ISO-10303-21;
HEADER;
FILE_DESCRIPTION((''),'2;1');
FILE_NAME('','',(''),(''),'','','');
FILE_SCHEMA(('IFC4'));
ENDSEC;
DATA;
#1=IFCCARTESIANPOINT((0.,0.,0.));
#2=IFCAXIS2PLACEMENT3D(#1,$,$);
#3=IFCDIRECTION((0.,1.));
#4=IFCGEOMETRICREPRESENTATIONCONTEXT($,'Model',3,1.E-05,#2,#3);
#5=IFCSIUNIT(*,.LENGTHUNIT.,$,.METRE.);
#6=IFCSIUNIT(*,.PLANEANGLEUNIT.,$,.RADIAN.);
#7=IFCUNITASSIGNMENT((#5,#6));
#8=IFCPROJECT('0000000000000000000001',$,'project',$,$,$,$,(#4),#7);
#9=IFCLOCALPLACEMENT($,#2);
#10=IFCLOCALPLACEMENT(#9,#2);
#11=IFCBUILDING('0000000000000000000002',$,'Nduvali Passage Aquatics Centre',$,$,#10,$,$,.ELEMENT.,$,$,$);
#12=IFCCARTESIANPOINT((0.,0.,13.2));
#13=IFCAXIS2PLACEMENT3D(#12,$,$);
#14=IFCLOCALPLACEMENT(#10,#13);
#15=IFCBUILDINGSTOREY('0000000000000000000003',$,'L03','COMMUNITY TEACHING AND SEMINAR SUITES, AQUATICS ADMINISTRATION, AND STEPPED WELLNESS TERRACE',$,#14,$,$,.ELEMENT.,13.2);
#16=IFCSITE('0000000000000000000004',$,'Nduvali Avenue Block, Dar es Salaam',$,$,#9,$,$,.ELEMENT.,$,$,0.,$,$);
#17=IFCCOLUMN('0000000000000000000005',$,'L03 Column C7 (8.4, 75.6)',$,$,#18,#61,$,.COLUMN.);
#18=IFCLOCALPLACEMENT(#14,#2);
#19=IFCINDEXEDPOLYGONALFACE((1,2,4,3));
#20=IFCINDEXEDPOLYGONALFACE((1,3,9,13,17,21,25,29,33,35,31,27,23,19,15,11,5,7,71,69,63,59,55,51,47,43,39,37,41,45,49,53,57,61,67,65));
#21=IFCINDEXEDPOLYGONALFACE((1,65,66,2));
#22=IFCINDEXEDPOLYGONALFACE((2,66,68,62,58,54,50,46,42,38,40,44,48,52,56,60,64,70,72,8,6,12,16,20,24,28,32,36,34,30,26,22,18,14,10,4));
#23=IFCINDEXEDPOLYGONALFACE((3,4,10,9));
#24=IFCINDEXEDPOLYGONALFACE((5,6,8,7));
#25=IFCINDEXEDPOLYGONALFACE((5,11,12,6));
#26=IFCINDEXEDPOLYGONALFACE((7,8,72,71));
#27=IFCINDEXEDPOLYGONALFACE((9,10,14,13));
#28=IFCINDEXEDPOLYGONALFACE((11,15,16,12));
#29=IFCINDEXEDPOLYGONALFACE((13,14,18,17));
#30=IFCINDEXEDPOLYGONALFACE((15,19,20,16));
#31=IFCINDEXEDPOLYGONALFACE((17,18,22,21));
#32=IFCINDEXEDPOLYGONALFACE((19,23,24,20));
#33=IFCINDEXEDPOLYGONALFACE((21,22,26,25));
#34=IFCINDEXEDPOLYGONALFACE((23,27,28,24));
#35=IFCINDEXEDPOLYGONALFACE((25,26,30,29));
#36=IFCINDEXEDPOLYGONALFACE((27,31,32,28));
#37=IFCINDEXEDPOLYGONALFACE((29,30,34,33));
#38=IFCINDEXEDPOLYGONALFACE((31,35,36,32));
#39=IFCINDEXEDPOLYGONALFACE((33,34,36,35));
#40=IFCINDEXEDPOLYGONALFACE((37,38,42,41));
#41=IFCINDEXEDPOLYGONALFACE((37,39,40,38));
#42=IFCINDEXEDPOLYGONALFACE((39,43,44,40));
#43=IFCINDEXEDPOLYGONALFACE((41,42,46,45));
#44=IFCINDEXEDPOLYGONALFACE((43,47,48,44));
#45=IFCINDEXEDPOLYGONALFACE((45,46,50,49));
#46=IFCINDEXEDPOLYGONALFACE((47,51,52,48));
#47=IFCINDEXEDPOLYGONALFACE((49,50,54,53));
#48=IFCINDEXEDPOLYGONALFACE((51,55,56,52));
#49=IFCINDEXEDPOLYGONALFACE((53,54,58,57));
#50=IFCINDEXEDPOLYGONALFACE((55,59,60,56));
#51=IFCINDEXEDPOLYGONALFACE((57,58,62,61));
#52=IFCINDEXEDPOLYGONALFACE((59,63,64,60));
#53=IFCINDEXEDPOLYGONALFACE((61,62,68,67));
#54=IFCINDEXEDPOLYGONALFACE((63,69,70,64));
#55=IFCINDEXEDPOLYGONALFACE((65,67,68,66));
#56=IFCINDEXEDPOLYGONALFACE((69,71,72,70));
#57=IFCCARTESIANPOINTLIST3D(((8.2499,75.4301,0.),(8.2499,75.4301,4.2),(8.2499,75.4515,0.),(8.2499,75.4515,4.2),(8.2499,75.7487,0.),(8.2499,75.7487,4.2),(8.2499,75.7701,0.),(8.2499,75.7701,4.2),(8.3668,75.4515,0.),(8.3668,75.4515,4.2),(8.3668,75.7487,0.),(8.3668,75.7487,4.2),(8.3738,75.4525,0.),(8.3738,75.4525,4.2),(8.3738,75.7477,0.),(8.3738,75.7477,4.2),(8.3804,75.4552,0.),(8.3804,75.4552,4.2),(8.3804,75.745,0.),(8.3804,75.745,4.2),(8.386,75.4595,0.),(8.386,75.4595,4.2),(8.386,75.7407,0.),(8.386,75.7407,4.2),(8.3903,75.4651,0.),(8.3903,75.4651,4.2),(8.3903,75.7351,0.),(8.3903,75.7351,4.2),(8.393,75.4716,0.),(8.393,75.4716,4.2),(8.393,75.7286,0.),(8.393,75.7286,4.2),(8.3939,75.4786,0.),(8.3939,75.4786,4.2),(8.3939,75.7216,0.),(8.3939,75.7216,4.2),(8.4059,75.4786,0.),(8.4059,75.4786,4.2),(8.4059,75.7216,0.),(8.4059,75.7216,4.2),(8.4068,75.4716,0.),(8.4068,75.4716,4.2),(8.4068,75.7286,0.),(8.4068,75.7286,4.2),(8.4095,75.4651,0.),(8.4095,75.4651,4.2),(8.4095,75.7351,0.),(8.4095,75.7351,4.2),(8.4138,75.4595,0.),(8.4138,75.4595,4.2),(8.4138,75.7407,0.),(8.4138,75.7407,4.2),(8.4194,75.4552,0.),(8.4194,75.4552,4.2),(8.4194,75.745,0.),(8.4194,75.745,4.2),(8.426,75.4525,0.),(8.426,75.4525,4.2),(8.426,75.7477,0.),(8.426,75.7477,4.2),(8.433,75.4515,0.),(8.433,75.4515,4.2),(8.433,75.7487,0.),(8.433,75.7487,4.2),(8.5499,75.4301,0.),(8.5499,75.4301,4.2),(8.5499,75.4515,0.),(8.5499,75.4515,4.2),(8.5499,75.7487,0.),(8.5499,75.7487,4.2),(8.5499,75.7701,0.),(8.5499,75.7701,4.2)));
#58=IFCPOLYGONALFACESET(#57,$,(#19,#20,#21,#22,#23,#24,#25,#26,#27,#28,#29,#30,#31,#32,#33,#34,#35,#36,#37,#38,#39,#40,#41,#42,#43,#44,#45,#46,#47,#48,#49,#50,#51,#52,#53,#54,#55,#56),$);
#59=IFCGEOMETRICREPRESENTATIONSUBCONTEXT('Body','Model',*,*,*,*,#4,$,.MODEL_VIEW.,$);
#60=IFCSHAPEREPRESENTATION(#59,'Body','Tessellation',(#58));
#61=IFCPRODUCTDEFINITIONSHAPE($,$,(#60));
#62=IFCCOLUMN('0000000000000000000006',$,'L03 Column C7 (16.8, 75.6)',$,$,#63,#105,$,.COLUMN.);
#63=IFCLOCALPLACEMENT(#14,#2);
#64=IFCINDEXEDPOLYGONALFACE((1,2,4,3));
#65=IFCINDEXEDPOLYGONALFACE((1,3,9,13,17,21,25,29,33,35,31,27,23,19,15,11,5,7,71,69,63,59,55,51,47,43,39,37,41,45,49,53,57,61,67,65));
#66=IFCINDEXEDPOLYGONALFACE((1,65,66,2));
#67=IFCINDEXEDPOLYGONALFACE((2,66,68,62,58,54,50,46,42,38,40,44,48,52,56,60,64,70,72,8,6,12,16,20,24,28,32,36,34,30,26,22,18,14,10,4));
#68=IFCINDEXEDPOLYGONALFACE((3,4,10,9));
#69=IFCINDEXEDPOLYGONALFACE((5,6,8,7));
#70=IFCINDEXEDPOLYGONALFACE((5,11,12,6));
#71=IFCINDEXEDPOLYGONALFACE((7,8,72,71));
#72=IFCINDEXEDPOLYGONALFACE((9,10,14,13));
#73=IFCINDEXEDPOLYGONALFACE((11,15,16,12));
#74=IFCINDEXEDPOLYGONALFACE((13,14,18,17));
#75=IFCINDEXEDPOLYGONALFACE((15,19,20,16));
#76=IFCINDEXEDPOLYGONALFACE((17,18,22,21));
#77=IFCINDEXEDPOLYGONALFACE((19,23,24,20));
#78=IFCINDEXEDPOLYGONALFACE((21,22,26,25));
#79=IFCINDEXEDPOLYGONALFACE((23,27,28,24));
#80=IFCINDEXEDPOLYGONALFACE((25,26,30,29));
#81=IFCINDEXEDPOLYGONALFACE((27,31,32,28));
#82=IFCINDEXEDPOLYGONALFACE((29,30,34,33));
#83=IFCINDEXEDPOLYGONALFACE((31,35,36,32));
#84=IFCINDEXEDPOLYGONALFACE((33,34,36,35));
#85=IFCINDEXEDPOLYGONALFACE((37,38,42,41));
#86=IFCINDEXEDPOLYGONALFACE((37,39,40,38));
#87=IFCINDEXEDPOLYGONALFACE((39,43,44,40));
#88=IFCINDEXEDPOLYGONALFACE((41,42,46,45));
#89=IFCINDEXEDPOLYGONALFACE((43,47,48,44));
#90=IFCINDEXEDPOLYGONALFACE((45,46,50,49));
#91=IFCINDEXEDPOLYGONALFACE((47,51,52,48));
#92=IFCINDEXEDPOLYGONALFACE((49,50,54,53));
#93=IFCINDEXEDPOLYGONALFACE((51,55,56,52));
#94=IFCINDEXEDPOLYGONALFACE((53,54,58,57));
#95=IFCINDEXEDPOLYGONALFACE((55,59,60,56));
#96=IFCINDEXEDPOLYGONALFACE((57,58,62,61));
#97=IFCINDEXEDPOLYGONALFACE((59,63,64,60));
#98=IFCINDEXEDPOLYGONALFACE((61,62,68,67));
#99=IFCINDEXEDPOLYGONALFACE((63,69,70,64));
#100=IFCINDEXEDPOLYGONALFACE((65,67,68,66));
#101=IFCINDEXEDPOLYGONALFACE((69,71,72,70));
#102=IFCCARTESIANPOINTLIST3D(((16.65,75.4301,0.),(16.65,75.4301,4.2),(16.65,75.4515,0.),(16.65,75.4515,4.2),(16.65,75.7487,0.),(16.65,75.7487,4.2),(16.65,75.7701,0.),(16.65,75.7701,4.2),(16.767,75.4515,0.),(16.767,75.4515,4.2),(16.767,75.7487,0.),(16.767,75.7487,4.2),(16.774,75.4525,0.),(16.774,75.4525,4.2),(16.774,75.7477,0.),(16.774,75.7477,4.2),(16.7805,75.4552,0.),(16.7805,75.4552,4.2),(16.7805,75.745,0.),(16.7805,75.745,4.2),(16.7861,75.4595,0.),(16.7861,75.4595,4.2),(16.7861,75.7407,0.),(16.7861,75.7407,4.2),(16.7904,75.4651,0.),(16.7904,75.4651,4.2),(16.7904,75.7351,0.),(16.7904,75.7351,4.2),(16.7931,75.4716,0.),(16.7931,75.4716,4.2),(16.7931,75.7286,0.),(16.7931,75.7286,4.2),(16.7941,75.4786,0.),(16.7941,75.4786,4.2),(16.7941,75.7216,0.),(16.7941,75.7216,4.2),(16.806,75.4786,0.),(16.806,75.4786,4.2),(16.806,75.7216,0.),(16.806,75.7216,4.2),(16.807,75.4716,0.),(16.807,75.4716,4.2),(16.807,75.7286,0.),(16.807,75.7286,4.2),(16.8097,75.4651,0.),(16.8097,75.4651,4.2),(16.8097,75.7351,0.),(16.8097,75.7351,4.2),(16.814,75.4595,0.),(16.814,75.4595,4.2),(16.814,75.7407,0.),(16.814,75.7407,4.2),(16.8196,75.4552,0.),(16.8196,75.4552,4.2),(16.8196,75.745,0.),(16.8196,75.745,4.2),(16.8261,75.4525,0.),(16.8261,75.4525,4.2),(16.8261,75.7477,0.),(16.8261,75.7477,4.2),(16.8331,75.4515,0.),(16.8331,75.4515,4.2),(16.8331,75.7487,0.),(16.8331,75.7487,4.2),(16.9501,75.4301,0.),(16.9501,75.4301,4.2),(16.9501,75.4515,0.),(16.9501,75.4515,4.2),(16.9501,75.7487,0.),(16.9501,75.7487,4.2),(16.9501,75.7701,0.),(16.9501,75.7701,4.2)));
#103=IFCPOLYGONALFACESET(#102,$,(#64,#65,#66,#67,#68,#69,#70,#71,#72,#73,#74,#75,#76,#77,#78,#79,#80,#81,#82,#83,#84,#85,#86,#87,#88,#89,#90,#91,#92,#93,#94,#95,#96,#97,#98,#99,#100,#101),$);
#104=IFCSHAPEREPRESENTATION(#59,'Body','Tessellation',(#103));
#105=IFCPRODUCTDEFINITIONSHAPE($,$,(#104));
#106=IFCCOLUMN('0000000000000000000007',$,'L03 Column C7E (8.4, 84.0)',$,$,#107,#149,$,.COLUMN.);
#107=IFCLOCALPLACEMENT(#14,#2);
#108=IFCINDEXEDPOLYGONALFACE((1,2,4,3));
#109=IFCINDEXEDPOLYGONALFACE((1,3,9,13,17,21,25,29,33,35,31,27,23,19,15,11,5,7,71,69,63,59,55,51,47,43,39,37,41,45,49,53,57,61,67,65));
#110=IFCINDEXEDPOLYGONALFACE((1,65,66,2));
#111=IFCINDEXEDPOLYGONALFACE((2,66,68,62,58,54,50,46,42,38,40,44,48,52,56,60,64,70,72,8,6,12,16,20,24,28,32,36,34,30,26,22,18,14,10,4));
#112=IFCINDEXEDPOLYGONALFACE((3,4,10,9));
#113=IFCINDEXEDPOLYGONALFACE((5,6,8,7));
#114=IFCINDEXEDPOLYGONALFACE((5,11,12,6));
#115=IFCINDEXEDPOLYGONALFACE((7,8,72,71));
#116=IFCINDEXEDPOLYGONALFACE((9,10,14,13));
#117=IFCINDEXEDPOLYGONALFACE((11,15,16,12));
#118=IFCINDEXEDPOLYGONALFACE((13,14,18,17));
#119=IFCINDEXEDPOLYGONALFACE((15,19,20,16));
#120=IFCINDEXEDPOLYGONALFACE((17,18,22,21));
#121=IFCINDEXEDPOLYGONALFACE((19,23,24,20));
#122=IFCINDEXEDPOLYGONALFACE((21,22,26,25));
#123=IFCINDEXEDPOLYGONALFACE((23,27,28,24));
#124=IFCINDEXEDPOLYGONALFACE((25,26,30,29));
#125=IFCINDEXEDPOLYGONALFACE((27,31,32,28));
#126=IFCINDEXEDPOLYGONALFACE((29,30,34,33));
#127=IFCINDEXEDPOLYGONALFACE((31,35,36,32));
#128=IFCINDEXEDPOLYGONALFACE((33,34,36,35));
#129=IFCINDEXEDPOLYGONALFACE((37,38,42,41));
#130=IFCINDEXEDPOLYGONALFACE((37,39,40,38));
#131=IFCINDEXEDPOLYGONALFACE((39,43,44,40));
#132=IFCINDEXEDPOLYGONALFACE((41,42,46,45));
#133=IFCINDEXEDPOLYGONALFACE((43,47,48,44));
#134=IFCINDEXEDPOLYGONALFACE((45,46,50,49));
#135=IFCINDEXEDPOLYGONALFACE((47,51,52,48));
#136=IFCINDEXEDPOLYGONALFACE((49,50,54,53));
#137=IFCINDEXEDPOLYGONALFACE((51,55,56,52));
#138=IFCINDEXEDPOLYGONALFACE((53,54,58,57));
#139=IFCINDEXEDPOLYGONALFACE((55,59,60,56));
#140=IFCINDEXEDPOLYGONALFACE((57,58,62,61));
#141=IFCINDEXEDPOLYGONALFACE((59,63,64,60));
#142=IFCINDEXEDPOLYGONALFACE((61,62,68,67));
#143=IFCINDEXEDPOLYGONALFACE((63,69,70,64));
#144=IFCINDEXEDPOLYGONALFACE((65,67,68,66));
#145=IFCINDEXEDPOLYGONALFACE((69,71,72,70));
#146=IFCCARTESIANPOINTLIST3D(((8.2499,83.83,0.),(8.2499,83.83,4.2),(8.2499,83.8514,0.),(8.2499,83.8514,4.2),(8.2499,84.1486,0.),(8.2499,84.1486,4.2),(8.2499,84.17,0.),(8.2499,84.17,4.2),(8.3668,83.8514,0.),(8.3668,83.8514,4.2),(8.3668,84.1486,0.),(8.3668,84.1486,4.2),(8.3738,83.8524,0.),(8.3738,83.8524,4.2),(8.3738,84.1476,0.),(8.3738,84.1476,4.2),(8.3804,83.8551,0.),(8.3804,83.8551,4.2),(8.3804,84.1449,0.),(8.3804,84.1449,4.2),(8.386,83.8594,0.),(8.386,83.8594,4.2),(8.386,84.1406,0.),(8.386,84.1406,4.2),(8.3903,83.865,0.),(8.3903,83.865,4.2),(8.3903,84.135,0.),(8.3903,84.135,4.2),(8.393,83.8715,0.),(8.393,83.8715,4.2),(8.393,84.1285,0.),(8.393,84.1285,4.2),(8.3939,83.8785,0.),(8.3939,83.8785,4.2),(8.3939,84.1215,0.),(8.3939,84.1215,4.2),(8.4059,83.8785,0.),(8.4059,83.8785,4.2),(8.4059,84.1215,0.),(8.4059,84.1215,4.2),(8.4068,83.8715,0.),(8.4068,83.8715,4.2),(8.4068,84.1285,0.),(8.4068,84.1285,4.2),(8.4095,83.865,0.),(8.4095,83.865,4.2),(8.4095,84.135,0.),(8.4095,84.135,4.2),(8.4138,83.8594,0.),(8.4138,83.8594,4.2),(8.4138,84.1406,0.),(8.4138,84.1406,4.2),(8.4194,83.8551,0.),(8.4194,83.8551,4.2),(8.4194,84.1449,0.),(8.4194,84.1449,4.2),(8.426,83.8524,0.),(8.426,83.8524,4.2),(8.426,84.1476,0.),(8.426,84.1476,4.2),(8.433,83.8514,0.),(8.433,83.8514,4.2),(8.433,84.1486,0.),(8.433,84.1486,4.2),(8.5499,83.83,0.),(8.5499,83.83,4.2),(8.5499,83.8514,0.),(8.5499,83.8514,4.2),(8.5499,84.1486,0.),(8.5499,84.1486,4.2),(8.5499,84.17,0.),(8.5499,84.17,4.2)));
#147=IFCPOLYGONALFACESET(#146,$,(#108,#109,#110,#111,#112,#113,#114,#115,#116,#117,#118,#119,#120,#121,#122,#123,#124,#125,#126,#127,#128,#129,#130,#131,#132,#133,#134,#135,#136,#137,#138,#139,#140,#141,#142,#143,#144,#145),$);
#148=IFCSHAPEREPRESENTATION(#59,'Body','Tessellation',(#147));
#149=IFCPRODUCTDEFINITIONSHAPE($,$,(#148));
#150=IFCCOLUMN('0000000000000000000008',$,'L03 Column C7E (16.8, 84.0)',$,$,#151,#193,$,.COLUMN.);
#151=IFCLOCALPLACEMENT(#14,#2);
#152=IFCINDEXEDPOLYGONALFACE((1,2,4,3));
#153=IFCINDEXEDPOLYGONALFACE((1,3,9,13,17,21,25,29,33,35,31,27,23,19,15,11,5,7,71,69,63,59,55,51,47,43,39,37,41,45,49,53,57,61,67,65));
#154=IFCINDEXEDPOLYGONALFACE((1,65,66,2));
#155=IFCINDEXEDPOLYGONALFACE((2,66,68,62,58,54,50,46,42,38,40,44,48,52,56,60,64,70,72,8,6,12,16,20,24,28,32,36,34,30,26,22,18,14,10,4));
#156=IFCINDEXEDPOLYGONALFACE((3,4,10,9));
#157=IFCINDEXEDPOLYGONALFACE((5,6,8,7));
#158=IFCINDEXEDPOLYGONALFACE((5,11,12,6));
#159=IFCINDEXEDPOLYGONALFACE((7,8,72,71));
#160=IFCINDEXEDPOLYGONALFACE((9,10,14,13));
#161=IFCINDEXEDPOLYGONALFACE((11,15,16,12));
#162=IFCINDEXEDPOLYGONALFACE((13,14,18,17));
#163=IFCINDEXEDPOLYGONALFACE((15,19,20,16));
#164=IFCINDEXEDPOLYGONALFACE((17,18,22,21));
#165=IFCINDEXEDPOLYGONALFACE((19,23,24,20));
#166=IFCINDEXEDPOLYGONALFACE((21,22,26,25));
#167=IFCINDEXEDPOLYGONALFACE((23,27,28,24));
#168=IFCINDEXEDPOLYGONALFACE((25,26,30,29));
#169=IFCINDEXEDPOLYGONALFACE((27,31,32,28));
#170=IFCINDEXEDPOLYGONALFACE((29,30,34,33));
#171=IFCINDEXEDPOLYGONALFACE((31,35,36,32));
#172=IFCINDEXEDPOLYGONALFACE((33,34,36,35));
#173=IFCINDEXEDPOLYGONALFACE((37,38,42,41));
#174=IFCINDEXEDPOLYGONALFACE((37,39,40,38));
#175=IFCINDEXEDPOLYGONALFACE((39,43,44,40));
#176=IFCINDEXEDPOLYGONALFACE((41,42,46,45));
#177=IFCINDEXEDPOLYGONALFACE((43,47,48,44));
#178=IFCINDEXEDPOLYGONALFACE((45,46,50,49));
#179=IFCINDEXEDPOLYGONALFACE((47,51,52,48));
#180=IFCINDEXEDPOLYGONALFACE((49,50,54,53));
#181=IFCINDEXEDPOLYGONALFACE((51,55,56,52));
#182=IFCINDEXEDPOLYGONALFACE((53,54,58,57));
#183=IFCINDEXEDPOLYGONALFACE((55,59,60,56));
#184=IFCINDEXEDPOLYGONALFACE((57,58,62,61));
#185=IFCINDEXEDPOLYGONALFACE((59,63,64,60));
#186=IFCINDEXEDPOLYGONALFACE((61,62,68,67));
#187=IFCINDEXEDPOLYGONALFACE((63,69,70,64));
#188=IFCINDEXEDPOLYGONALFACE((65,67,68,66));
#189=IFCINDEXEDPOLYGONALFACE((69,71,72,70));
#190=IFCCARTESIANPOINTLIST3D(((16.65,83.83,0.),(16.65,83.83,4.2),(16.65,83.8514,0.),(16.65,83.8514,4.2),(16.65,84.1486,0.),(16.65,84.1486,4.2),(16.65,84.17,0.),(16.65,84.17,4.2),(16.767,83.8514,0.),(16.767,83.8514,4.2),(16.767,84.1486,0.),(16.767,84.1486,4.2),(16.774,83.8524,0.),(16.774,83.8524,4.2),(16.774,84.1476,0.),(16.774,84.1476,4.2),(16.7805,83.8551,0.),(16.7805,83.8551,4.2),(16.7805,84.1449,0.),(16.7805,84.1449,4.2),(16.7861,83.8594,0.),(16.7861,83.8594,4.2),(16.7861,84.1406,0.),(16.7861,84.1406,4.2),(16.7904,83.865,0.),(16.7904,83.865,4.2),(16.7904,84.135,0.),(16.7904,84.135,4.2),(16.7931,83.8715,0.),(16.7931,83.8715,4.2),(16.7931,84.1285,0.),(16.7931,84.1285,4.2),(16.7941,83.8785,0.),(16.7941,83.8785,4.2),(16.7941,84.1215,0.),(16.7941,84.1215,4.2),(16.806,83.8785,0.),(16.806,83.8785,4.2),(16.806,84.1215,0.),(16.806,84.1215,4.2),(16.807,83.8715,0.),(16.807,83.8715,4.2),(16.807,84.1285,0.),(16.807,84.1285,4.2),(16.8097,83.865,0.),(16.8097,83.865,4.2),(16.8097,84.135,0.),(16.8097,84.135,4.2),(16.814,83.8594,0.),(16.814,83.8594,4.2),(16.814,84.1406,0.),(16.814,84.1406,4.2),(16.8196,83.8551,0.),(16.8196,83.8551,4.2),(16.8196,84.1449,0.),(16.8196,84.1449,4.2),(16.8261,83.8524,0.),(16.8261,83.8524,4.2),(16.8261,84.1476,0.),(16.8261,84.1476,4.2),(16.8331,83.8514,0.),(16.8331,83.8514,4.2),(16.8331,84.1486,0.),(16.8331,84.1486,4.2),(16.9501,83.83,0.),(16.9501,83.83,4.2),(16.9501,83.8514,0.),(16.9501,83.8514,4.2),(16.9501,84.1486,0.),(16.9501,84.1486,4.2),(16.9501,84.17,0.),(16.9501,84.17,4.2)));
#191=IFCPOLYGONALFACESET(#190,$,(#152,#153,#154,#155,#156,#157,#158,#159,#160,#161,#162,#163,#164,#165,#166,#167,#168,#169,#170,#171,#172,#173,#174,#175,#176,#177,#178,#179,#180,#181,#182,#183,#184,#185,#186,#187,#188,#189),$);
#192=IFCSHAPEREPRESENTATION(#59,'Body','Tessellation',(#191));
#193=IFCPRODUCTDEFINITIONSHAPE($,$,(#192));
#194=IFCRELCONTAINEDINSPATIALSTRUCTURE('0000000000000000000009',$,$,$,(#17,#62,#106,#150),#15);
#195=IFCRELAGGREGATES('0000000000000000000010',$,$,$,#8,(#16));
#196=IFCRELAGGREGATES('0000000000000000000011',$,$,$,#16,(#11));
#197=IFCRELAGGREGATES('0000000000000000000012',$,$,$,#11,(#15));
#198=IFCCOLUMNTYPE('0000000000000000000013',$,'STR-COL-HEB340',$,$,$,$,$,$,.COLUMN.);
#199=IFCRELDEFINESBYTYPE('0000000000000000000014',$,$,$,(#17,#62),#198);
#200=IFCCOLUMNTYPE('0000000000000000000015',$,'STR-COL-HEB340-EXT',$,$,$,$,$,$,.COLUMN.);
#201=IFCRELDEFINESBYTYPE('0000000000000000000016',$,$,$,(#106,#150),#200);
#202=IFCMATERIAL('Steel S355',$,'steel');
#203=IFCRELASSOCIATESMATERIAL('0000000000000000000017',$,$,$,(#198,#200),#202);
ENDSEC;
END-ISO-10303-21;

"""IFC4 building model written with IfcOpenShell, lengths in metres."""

from ifc_helpers import new_model, si_unit, direction, frame, origin, origin_2d, place, context, subcontext, project, spatial, i_section, extrude, material, material_profile, profile_set, type_object, element, save


model = new_model("IFC4")

# Units and contexts
model_context = context("Model", 3, precision=1e-05, world=origin(), true_north=direction((0.0, 1.0)))
body_context = subcontext(model_context, "Body", "Model", "MODEL_VIEW")
ifc_project = project(units=[si_unit("LENGTHUNIT", "METRE"), si_unit("PLANEANGLEUNIT", "RADIAN")], contexts=[model_context])

# Site, building, storey
site_placement = place(None, origin())
site = spatial("IfcSite", under=ifc_project, at=site_placement, Name="Nduvali Avenue Block, Dar es Salaam", CompositionType="ELEMENT", RefElevation=0.0)
building_placement = place(site_placement, origin())
building = spatial("IfcBuilding", under=site, at=building_placement, Name="Nduvali Passage Aquatics Centre", CompositionType="ELEMENT")
storey_placement = place(building_placement, frame((0.0, 0.0, 13.2)))
storey = spatial("IfcBuildingStorey", under=building, at=storey_placement, Name="L03", Description="COMMUNITY TEACHING AND SEMINAR SUITES, AQUATICS ADMINISTRATION, AND STEPPED WELLNESS TERRACE", CompositionType="ELEMENT", Elevation=13.2)

# Columns
ifc_material_1 = material(Name="Steel S355", Category="steel")
ifc_material_profile_1 = material_profile(ifc_material_1, i_section(OverallWidth=0.3, OverallDepth=0.3401, WebThickness=0.012, FlangeThickness=0.0215, FilletRadius=0.0271, at=origin_2d()), Name="HEB 340")
ifc_profile_set_1 = profile_set([ifc_material_profile_1], Name="Steel S355")
column_type_1 = type_object("IfcColumnType", Name="STR-COL-HEB340", PredefinedType="COLUMN", material=ifc_profile_set_1)
for number, where, z_axis, x_axis, name in (
    (1, (8.3999, 75.6001, 0.0), (0.0, 0.0, 1.0), (1.0, 0.0, 0.0), "L03 Column C7 (8.4, 75.6)"),
    (2, (16.8, 75.6001, 0.0), (0.0, 0.0, 1.0), (1.0, 0.0, 0.0), "L03 Column C7 (16.8, 75.6)"),
):
    element("IfcColumn", number, at=place(storey_placement, frame(where, z_axis=z_axis, x_axis=x_axis)), inside=storey, type_object=column_type_1, Name=name, PredefinedType="COLUMN", context=body_context, shape_type="SweptSolid", body=[
        extrude(i_section(OverallWidth=0.3, OverallDepth=0.3401, WebThickness=0.012, FlangeThickness=0.0215, FilletRadius=0.0271, at=origin_2d()), origin(), (0.0, 0.0, 1.0), 4.2),
    ])
ifc_material_profile_2 = material_profile(ifc_material_1, i_section(OverallWidth=0.3, OverallDepth=0.3401, WebThickness=0.012, FlangeThickness=0.0215, FilletRadius=0.0271, at=origin_2d()), Name="HEB 340")
ifc_profile_set_2 = profile_set([ifc_material_profile_2], Name="Steel S355")
column_type_2 = type_object("IfcColumnType", Name="STR-COL-HEB340-EXT", PredefinedType="COLUMN", material=ifc_profile_set_2)
for number, where, z_axis, x_axis, name in (
    (3, (8.3999, 84.0, 0.0), (0.0, 0.0, 1.0), (1.0, 0.0, 0.0), "L03 Column C7E (8.4, 84.0)"),
    (4, (16.8, 84.0, 0.0), (0.0, 0.0, 1.0), (1.0, 0.0, 0.0), "L03 Column C7E (16.8, 84.0)"),
):
    element("IfcColumn", number, at=place(storey_placement, frame(where, z_axis=z_axis, x_axis=x_axis)), inside=storey, type_object=column_type_2, Name=name, PredefinedType="COLUMN", context=body_context, shape_type="SweptSolid", body=[
        extrude(i_section(OverallWidth=0.3, OverallDepth=0.3401, WebThickness=0.012, FlangeThickness=0.0215, FilletRadius=0.0271, at=origin_2d()), origin(), (0.0, 0.0, 1.0), 4.2),
    ])

save(model, "model.ifc")
